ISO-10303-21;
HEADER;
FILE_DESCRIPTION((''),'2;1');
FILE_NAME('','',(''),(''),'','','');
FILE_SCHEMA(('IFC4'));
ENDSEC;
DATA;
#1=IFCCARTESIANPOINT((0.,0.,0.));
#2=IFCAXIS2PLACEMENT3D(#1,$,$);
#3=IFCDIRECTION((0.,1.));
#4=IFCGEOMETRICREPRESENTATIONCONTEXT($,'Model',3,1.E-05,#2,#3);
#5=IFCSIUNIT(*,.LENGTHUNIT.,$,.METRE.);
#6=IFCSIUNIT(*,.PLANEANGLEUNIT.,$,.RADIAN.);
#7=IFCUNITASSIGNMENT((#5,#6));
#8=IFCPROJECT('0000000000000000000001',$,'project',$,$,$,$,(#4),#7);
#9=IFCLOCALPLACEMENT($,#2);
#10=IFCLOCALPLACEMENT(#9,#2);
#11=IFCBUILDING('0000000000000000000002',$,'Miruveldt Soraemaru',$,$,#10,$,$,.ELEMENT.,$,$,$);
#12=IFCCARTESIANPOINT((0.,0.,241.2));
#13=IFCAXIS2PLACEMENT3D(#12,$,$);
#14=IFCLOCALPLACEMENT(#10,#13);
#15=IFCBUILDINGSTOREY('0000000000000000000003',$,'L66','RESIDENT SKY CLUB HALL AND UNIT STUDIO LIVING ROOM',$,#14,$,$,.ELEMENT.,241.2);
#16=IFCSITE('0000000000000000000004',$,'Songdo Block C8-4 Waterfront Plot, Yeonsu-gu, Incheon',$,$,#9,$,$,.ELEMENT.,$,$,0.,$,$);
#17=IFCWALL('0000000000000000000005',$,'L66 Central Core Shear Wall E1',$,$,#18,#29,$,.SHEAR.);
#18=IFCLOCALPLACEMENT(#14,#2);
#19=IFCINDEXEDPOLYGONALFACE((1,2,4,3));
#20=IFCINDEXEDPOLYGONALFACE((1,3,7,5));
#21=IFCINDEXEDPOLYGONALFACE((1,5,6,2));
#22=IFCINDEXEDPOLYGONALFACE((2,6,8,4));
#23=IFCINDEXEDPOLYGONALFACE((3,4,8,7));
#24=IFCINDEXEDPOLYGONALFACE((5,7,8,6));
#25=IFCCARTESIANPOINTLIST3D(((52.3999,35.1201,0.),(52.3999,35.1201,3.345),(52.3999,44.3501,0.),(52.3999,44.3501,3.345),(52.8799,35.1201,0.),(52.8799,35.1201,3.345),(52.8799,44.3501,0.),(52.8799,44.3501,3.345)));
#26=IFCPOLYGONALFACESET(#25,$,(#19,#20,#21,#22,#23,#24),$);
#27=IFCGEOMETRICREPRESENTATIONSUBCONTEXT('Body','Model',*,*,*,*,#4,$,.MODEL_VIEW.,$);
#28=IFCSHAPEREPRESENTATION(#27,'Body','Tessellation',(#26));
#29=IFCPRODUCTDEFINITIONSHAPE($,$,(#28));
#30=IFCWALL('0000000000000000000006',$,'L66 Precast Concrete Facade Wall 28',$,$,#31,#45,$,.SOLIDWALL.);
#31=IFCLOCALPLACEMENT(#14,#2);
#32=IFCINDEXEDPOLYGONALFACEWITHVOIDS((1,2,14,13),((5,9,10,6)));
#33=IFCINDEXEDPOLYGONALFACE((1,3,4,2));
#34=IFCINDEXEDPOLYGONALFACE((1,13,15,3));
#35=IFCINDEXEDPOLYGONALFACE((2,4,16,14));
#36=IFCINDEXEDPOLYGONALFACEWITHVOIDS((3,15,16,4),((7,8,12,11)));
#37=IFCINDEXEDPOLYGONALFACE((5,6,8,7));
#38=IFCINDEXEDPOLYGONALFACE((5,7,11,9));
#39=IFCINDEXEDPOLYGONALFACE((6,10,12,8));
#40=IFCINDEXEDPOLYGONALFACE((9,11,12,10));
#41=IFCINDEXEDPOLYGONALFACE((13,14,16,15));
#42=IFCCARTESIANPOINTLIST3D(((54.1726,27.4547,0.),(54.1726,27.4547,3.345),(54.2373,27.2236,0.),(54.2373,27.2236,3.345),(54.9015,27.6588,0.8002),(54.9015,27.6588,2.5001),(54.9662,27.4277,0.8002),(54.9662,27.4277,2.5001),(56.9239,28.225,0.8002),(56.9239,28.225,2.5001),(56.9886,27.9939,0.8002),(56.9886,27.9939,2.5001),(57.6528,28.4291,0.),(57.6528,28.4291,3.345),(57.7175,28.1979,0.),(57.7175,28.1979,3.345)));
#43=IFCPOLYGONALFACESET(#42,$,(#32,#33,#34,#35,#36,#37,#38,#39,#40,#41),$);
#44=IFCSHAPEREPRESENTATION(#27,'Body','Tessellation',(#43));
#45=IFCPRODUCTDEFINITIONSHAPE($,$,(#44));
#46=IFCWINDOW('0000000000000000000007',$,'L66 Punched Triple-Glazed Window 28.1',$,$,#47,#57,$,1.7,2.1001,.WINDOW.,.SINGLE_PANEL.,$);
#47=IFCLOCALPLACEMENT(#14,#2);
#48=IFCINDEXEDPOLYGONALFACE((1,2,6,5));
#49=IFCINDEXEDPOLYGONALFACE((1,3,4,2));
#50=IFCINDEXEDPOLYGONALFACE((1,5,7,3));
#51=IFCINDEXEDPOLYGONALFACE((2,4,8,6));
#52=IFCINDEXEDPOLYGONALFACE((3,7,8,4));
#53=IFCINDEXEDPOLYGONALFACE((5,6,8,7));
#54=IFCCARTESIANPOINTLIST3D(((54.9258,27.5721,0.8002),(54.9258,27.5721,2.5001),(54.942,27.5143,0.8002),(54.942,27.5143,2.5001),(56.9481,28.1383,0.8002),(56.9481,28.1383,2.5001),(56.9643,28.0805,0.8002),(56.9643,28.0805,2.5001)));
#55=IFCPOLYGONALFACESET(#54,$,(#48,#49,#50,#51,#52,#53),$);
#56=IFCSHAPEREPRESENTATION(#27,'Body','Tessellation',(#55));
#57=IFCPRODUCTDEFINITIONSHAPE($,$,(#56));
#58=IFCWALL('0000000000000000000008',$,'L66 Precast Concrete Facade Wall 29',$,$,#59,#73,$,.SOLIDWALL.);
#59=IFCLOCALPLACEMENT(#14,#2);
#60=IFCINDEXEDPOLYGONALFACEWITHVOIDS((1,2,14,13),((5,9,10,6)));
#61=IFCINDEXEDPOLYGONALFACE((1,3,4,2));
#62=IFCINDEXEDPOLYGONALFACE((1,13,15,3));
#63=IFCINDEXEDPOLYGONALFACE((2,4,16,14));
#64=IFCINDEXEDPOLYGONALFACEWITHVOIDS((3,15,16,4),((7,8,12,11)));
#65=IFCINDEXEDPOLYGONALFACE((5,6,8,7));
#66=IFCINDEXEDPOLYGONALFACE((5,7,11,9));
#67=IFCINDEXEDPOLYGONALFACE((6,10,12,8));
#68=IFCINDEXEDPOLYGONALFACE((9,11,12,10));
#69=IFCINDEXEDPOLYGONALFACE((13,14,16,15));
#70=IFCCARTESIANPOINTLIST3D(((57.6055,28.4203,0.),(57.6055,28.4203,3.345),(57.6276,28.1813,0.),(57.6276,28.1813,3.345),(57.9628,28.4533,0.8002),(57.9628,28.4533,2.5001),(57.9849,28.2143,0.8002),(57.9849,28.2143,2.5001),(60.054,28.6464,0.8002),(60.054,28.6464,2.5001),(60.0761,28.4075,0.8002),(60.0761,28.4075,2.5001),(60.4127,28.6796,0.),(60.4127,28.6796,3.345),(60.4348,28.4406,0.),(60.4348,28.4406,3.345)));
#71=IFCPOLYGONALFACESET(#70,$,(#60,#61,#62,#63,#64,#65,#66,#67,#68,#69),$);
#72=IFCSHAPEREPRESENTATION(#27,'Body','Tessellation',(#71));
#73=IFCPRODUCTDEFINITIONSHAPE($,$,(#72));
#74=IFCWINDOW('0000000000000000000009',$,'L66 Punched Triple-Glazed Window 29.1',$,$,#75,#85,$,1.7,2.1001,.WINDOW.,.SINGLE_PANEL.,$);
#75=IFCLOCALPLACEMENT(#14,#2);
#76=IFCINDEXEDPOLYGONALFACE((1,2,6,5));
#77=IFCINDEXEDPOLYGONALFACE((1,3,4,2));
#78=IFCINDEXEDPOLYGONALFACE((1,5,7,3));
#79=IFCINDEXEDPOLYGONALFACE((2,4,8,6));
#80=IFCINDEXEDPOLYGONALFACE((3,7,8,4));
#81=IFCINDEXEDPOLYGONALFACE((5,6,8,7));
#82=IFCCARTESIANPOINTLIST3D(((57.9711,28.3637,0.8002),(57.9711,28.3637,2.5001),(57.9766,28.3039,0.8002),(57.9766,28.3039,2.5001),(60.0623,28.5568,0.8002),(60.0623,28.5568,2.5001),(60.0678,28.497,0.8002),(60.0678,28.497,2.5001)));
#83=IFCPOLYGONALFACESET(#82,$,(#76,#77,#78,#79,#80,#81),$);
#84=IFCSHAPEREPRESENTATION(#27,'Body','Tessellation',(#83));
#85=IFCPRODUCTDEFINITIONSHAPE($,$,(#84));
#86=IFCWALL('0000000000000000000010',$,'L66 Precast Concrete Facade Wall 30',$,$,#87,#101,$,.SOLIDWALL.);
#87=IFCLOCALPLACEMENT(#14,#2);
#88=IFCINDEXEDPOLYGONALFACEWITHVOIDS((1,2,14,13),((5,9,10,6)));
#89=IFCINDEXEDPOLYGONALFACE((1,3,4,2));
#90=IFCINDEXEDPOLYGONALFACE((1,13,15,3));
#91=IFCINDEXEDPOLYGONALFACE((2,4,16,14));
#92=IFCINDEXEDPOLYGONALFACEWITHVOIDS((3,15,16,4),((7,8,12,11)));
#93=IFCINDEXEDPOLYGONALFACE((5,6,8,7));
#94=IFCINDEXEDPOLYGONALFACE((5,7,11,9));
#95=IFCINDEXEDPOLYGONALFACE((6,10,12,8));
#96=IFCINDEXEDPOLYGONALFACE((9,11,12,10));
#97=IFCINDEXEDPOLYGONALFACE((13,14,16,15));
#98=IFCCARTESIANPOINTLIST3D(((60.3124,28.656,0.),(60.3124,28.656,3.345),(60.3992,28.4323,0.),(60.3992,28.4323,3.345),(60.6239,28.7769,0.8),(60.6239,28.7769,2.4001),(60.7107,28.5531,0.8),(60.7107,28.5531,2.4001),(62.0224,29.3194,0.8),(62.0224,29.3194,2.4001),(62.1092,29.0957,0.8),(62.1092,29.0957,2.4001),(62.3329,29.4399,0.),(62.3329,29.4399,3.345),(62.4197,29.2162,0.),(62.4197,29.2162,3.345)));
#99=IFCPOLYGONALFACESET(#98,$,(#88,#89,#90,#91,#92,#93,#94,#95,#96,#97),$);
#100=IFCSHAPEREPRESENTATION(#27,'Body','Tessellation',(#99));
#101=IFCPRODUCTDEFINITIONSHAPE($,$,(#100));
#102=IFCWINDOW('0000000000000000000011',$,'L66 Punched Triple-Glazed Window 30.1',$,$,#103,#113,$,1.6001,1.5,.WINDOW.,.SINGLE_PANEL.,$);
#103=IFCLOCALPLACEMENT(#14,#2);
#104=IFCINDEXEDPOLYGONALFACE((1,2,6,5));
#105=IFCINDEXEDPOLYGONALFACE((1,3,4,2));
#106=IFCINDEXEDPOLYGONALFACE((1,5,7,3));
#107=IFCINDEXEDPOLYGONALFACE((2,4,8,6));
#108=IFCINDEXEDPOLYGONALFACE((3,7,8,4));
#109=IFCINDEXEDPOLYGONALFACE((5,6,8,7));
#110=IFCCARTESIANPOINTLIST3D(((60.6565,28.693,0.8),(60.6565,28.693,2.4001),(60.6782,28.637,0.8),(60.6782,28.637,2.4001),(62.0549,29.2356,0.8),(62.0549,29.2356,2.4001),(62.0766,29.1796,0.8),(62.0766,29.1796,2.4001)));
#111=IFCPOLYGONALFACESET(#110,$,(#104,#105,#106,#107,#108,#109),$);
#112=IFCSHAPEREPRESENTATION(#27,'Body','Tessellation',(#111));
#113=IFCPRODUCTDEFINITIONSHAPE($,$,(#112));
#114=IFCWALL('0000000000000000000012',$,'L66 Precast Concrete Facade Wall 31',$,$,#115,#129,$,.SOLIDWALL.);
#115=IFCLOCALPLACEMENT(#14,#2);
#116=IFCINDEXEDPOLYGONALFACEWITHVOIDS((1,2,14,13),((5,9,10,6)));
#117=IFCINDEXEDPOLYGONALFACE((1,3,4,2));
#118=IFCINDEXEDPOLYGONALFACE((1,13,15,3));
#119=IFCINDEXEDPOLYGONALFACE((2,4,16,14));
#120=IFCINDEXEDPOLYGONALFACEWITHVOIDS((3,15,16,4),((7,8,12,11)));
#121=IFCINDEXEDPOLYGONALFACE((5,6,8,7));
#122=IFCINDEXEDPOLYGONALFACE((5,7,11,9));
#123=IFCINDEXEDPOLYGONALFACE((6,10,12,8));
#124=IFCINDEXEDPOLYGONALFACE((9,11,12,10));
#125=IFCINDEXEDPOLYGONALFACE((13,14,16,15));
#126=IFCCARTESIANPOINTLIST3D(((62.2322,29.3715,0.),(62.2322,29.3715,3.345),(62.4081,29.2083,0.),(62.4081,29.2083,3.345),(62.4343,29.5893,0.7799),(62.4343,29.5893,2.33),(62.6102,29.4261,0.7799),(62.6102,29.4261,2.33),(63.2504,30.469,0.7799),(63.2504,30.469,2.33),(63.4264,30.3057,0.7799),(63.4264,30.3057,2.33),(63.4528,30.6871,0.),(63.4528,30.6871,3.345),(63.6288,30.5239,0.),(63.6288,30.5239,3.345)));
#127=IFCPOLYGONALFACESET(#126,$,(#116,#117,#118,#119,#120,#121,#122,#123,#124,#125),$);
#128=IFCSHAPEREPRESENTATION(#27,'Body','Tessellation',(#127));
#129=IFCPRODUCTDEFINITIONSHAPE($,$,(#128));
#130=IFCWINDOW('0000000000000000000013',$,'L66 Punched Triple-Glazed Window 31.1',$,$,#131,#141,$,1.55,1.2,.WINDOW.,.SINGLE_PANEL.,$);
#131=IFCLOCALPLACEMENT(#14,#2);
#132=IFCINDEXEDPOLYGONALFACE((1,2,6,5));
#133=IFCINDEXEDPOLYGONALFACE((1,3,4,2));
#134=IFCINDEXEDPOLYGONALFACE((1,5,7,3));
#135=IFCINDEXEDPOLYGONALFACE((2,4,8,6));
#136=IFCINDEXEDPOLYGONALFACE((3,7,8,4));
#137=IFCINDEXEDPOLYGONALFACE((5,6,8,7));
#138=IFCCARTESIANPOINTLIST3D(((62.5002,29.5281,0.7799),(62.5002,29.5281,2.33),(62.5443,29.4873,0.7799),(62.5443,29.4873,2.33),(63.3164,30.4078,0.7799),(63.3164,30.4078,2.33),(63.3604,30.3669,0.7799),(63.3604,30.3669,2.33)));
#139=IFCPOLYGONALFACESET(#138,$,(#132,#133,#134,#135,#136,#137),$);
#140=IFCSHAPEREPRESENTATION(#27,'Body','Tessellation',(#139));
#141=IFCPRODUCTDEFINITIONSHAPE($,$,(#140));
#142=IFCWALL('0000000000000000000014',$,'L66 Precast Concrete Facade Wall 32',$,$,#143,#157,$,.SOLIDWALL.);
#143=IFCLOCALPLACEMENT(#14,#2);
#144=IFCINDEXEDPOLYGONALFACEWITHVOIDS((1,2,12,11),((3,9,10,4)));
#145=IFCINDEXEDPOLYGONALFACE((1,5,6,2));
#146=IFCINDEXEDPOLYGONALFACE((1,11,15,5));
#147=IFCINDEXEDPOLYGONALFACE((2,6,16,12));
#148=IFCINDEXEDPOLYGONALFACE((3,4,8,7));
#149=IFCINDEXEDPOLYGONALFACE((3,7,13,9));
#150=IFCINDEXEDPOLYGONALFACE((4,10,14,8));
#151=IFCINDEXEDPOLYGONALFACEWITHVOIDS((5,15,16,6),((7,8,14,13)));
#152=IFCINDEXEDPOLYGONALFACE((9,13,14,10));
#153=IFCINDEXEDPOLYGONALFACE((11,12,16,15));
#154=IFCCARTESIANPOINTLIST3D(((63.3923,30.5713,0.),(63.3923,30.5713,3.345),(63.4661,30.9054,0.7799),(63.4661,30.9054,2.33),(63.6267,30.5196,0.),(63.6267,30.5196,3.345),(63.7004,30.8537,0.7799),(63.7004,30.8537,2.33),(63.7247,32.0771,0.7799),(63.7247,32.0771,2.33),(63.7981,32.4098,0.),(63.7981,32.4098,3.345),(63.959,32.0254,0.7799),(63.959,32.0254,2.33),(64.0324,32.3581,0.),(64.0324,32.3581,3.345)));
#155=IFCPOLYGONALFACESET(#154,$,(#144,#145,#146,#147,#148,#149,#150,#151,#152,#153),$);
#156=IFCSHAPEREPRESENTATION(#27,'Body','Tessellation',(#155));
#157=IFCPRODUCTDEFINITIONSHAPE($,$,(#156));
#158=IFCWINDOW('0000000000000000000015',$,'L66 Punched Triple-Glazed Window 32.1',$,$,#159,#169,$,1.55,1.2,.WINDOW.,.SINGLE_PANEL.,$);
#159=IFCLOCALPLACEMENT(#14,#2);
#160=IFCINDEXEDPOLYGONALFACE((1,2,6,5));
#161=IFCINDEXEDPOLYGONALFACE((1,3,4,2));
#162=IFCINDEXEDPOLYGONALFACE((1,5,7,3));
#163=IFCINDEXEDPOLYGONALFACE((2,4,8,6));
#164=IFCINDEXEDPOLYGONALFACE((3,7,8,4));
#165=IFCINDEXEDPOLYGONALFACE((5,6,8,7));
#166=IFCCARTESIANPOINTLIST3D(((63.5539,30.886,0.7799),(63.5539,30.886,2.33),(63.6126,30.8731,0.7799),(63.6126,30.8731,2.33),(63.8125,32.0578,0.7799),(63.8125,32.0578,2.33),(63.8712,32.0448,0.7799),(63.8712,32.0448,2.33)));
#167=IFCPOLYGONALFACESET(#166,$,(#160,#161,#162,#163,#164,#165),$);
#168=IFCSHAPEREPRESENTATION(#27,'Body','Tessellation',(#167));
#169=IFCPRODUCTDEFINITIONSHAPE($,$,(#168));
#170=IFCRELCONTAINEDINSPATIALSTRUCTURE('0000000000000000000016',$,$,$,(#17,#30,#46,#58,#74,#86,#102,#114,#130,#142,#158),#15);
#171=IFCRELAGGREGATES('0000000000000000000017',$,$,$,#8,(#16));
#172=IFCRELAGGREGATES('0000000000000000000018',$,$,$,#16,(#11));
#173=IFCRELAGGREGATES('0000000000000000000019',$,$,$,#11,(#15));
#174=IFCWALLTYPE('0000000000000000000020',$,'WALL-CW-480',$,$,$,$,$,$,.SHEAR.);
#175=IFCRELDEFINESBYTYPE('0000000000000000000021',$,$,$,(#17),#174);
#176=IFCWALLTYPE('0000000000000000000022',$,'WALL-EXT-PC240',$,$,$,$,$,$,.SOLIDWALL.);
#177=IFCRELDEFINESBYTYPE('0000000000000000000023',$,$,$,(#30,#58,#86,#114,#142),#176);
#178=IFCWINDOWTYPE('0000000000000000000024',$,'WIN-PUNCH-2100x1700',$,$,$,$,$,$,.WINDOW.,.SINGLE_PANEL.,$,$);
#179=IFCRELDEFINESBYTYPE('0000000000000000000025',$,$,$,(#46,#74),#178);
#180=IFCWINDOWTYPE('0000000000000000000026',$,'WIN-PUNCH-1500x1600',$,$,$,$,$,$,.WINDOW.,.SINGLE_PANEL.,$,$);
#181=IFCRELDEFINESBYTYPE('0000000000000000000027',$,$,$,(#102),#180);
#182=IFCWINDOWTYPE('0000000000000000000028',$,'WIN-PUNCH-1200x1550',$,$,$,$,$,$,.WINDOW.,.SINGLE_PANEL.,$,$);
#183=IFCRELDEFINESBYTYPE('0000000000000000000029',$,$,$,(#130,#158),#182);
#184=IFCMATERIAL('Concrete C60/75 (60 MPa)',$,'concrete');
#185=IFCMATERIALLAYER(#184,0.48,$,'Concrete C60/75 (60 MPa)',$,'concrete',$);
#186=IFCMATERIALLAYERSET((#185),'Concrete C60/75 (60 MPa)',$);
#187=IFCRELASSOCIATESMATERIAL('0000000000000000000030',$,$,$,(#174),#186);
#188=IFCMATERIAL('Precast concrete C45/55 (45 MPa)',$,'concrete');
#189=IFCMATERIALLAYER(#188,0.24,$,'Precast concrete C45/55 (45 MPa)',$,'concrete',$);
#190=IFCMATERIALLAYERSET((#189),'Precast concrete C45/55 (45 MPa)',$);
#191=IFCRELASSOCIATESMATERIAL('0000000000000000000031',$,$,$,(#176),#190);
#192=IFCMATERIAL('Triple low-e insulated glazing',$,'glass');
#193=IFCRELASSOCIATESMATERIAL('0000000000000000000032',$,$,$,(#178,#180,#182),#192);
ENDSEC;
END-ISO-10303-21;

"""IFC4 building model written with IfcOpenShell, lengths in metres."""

from ifc_helpers import new_model, si_unit, direction, frame, frame_2d, origin, place, context, subcontext, project, spatial, rectangle, extrude, material, layer, layer_set, type_object, element, fill, save


model = new_model("IFC4")

# Units and contexts
model_context = context("Model", 3, precision=1e-05, world=origin(), true_north=direction((0.0, 1.0)))
body_context = subcontext(model_context, "Body", "Model", "MODEL_VIEW")
ifc_project = project(units=[si_unit("LENGTHUNIT", "METRE"), si_unit("PLANEANGLEUNIT", "RADIAN")], contexts=[model_context])

# Site, building, storey
site_placement = place(None, origin())
site = spatial("IfcSite", under=ifc_project, at=site_placement, Name="Songdo Block C8-4 Waterfront Plot, Yeonsu-gu, Incheon", CompositionType="ELEMENT", RefElevation=0.0)
building_placement = place(site_placement, origin())
building = spatial("IfcBuilding", under=site, at=building_placement, Name="Miruveldt Soraemaru", CompositionType="ELEMENT")
storey_placement = place(building_placement, frame((0.0, 0.0, 241.2)))
storey = spatial("IfcBuildingStorey", under=building, at=storey_placement, Name="L66", Description="RESIDENT SKY CLUB HALL AND UNIT STUDIO LIVING ROOM", CompositionType="ELEMENT", Elevation=241.2)

# Wall
ifc_material_1 = material(Name="Concrete C60/75 (60 MPa)", Category="concrete")
ifc_layer_1 = layer(ifc_material_1, 0.48, Name="Concrete C60/75 (60 MPa)", Category="concrete")
ifc_layer_set_1 = layer_set([ifc_layer_1], Name="Concrete C60/75 (60 MPa)")
wall_type_1 = type_object("IfcWallType", Name="WALL-CW-480", PredefinedType="SHEAR", material=ifc_layer_set_1)
wall_1_placement = place(storey_placement, frame((52.6399, 35.1201, 0.0), z_axis=(0.0, 0.0, 1.0), x_axis=(0.0, 1.0, 0.0)))
element("IfcWall", 1, at=wall_1_placement, inside=storey, type_object=wall_type_1, Name="L66 Central Core Shear Wall E1", PredefinedType="SHEAR", context=body_context, shape_type="SweptSolid", body=[
    extrude(rectangle(XDim=9.23, YDim=0.48, at=frame_2d((4.615, 0.0))), origin(), (0.0, 0.0, 1.0), 3.345),
])

# Walls, openings, windows
ifc_material_2 = material(Name="Precast concrete C45/55 (45 MPa)", Category="concrete")
ifc_layer_2 = layer(ifc_material_2, 0.24, Name="Precast concrete C45/55 (45 MPa)", Category="concrete")
ifc_layer_set_2 = layer_set([ifc_layer_2], Name="Precast concrete C45/55 (45 MPa)")
wall_type_2 = type_object("IfcWallType", Name="WALL-EXT-PC240", PredefinedType="SOLIDWALL", material=ifc_layer_set_2)
wall_2_placement = place(storey_placement, frame((54.2048, 27.3391, 0.0), z_axis=(0.0, 0.0, 1.0), x_axis=(0.962971, 0.269605, 0.0)))
wall_2 = element("IfcWall", 2, at=wall_2_placement, inside=storey, type_object=wall_type_2, Name="L66 Precast Concrete Facade Wall 28", PredefinedType="SOLIDWALL", context=body_context, shape_type="SweptSolid", body=[
    extrude(rectangle(XDim=3.614, YDim=0.24, at=frame_2d((1.8071, 0.0))), origin(), (0.0, 0.0, 1.0), 3.345),
])
opening_1_placement = place(wall_2_placement, frame((0.7571, 0.0, 0.8)))
opening_1 = element("IfcOpeningElement", 3, at=opening_1_placement, cuts=wall_2, PredefinedType="OPENING", context=body_context, shape_type="SweptSolid", body=[
    extrude(rectangle(XDim=2.1001, YDim=1.7, at=frame_2d((1.05, 0.8501))), frame((0.0, 0.1299, 0.0), z_axis=(0.0, -1.0, 0.0), x_axis=(1.0, 0.0, 0.0)), (0.0, 0.0, 1.0), 0.26),
])
ifc_material_3 = material(Name="Triple low-e insulated glazing", Category="glass")
window_type_1 = type_object("IfcWindowType", Name="WIN-PUNCH-2100x1700", PartitioningType="SINGLE_PANEL", PredefinedType="WINDOW", material=ifc_material_3)
window_1_placement = place(opening_1_placement, origin())
window_1 = element("IfcWindow", 4, at=window_1_placement, inside=storey, type_object=window_type_1, Name="L66 Punched Triple-Glazed Window 28.1", OverallHeight=1.7, OverallWidth=2.1001, PartitioningType="SINGLE_PANEL", PredefinedType="WINDOW", context=body_context, shape_type="SweptSolid", body=[
    extrude(rectangle(XDim=2.1001, YDim=1.7, at=frame_2d((1.05, 0.8501))), frame((0.0, 0.03, 0.0), z_axis=(0.0, -1.0, 0.0), x_axis=(1.0, 0.0, 0.0)), (0.0, 0.0, 1.0), 0.0601),
])
fill(opening_1, window_1)
wall_3_placement = place(storey_placement, frame((57.6165, 28.3008, 0.0), z_axis=(0.0, 0.0, 1.0), x_axis=(0.995762, 0.091972, 0.0)))
wall_3 = element("IfcWall", 5, at=wall_3_placement, inside=storey, type_object=wall_type_2, Name="L66 Precast Concrete Facade Wall 29", PredefinedType="SOLIDWALL", context=body_context, shape_type="SweptSolid", body=[
    extrude(rectangle(XDim=2.8191, YDim=0.24, at=frame_2d((1.4097, 0.0))), origin(), (0.0, 0.0, 1.0), 3.345),
])
opening_2_placement = place(wall_3_placement, frame((0.3589, 0.0, 0.8)))
opening_2 = element("IfcOpeningElement", 6, at=opening_2_placement, cuts=wall_3, PredefinedType="OPENING", context=body_context, shape_type="SweptSolid", body=[
    extrude(rectangle(XDim=2.1001, YDim=1.7, at=frame_2d((1.05, 0.8501))), frame((0.0, 0.1299, 0.0), z_axis=(0.0, -1.0, 0.0), x_axis=(1.0, 0.0, 0.0)), (0.0, 0.0, 1.0), 0.26),
])
window_2_placement = place(opening_2_placement, origin())
window_2 = element("IfcWindow", 7, at=window_2_placement, inside=storey, type_object=window_type_1, Name="L66 Punched Triple-Glazed Window 29.1", OverallHeight=1.7, OverallWidth=2.1001, PartitioningType="SINGLE_PANEL", PredefinedType="WINDOW", context=body_context, shape_type="SweptSolid", body=[
    extrude(rectangle(XDim=2.1001, YDim=1.7, at=frame_2d((1.05, 0.8501))), frame((0.0, 0.03, 0.0), z_axis=(0.0, -1.0, 0.0), x_axis=(1.0, 0.0, 0.0)), (0.0, 0.0, 1.0), 0.0601),
])
fill(opening_2, window_2)
wall_4_placement = place(storey_placement, frame((60.356, 28.5442, 0.0), z_axis=(0.0, 0.0, 1.0), x_axis=(0.932288, 0.361718, 0.0)))
wall_4 = element("IfcWall", 8, at=wall_4_placement, inside=storey, type_object=wall_type_2, Name="L66 Precast Concrete Facade Wall 30", PredefinedType="SOLIDWALL", context=body_context, shape_type="SweptSolid", body=[
    extrude(rectangle(XDim=2.1672, YDim=0.24, at=frame_2d((1.0835, 0.0))), origin(), (0.0, 0.0, 1.0), 3.345),
])
opening_3_placement = place(wall_4_placement, frame((0.334, 0.0, 0.8)))
opening_3 = element("IfcOpeningElement", 9, at=opening_3_placement, cuts=wall_4, PredefinedType="OPENING", context=body_context, shape_type="SweptSolid", body=[
    extrude(rectangle(XDim=1.5, YDim=1.6001, at=frame_2d((0.75, 0.8))), frame((0.0, 0.1299, 0.0), z_axis=(0.0, -1.0, 0.0), x_axis=(1.0, 0.0, 0.0)), (0.0, 0.0, 1.0), 0.26),
])
window_type_2 = type_object("IfcWindowType", Name="WIN-PUNCH-1500x1600", PartitioningType="SINGLE_PANEL", PredefinedType="WINDOW", material=ifc_material_3)
window_3_placement = place(opening_3_placement, origin())
window_3 = element("IfcWindow", 10, at=window_3_placement, inside=storey, type_object=window_type_2, Name="L66 Punched Triple-Glazed Window 30.1", OverallHeight=1.6001, OverallWidth=1.5, PartitioningType="SINGLE_PANEL", PredefinedType="WINDOW", context=body_context, shape_type="SweptSolid", body=[
    extrude(rectangle(XDim=1.5, YDim=1.6001, at=frame_2d((0.75, 0.8))), frame((0.0, 0.03, 0.0), z_axis=(0.0, -1.0, 0.0), x_axis=(1.0, 0.0, 0.0)), (0.0, 0.0, 1.0), 0.0601),
])
fill(opening_3, window_3)
wall_5_placement = place(storey_placement, frame((62.3201, 29.2898, 0.0), z_axis=(0.0, 0.0, 1.0), x_axis=(0.680154, 0.73307, 0.0)))
wall_5 = element("IfcWall", 11, at=wall_5_placement, inside=storey, type_object=wall_type_2, Name="L66 Precast Concrete Facade Wall 31", PredefinedType="SOLIDWALL", context=body_context, shape_type="SweptSolid", body=[
    extrude(rectangle(XDim=1.7947, YDim=0.24, at=frame_2d((0.8975, 0.0))), origin(), (0.0, 0.0, 1.0), 3.345),
])
opening_4_placement = place(wall_5_placement, frame((0.2971, 0.0, 0.78)))
opening_4 = element("IfcOpeningElement", 12, at=opening_4_placement, cuts=wall_5, PredefinedType="OPENING", context=body_context, shape_type="SweptSolid", body=[
    extrude(rectangle(XDim=1.2, YDim=1.55, at=frame_2d((0.6001, 0.7749))), frame((0.0, 0.1299, 0.0), z_axis=(0.0, -1.0, 0.0), x_axis=(1.0, 0.0, 0.0)), (0.0, 0.0, 1.0), 0.26),
])
window_type_3 = type_object("IfcWindowType", Name="WIN-PUNCH-1200x1550", PartitioningType="SINGLE_PANEL", PredefinedType="WINDOW", material=ifc_material_3)
window_4_placement = place(opening_4_placement, origin())
window_4 = element("IfcWindow", 13, at=window_4_placement, inside=storey, type_object=window_type_3, Name="L66 Punched Triple-Glazed Window 31.1", OverallHeight=1.55, OverallWidth=1.2, PartitioningType="SINGLE_PANEL", PredefinedType="WINDOW", context=body_context, shape_type="SweptSolid", body=[
    extrude(rectangle(XDim=1.2, YDim=1.55, at=frame_2d((0.6001, 0.7749))), frame((0.0, 0.03, 0.0), z_axis=(0.0, -1.0, 0.0), x_axis=(1.0, 0.0, 0.0)), (0.0, 0.0, 1.0), 0.0601),
])
fill(opening_4, window_4)
wall_6_placement = place(storey_placement, frame((63.5095, 30.5454, 0.0), z_axis=(0.0, 0.0, 1.0), x_axis=(0.215502, 0.976503, 0.0)))
wall_6 = element("IfcWall", 14, at=wall_6_placement, inside=storey, type_object=wall_type_2, Name="L66 Precast Concrete Facade Wall 32", PredefinedType="SOLIDWALL", context=body_context, shape_type="SweptSolid", body=[
    extrude(rectangle(XDim=1.8828, YDim=0.24, at=frame_2d((0.9414, 0.0))), origin(), (0.0, 0.0, 1.0), 3.345),
])
opening_5_placement = place(wall_6_placement, frame((0.342, 0.0, 0.78)))
opening_5 = element("IfcOpeningElement", 15, at=opening_5_placement, cuts=wall_6, PredefinedType="OPENING", context=body_context, shape_type="SweptSolid", body=[
    extrude(rectangle(XDim=1.2, YDim=1.55, at=frame_2d((0.6001, 0.7749))), frame((0.0, 0.1299, 0.0), z_axis=(0.0, -1.0, 0.0), x_axis=(1.0, 0.0, 0.0)), (0.0, 0.0, 1.0), 0.26),
])
window_5_placement = place(opening_5_placement, origin())
window_5 = element("IfcWindow", 16, at=window_5_placement, inside=storey, type_object=window_type_3, Name="L66 Punched Triple-Glazed Window 32.1", OverallHeight=1.55, OverallWidth=1.2, PartitioningType="SINGLE_PANEL", PredefinedType="WINDOW", context=body_context, shape_type="SweptSolid", body=[
    extrude(rectangle(XDim=1.2, YDim=1.55, at=frame_2d((0.6001, 0.7749))), frame((0.0, 0.03, 0.0), z_axis=(0.0, -1.0, 0.0), x_axis=(1.0, 0.0, 0.0)), (0.0, 0.0, 1.0), 0.0601),
])
fill(opening_5, window_5)

save(model, "model.ifc")
